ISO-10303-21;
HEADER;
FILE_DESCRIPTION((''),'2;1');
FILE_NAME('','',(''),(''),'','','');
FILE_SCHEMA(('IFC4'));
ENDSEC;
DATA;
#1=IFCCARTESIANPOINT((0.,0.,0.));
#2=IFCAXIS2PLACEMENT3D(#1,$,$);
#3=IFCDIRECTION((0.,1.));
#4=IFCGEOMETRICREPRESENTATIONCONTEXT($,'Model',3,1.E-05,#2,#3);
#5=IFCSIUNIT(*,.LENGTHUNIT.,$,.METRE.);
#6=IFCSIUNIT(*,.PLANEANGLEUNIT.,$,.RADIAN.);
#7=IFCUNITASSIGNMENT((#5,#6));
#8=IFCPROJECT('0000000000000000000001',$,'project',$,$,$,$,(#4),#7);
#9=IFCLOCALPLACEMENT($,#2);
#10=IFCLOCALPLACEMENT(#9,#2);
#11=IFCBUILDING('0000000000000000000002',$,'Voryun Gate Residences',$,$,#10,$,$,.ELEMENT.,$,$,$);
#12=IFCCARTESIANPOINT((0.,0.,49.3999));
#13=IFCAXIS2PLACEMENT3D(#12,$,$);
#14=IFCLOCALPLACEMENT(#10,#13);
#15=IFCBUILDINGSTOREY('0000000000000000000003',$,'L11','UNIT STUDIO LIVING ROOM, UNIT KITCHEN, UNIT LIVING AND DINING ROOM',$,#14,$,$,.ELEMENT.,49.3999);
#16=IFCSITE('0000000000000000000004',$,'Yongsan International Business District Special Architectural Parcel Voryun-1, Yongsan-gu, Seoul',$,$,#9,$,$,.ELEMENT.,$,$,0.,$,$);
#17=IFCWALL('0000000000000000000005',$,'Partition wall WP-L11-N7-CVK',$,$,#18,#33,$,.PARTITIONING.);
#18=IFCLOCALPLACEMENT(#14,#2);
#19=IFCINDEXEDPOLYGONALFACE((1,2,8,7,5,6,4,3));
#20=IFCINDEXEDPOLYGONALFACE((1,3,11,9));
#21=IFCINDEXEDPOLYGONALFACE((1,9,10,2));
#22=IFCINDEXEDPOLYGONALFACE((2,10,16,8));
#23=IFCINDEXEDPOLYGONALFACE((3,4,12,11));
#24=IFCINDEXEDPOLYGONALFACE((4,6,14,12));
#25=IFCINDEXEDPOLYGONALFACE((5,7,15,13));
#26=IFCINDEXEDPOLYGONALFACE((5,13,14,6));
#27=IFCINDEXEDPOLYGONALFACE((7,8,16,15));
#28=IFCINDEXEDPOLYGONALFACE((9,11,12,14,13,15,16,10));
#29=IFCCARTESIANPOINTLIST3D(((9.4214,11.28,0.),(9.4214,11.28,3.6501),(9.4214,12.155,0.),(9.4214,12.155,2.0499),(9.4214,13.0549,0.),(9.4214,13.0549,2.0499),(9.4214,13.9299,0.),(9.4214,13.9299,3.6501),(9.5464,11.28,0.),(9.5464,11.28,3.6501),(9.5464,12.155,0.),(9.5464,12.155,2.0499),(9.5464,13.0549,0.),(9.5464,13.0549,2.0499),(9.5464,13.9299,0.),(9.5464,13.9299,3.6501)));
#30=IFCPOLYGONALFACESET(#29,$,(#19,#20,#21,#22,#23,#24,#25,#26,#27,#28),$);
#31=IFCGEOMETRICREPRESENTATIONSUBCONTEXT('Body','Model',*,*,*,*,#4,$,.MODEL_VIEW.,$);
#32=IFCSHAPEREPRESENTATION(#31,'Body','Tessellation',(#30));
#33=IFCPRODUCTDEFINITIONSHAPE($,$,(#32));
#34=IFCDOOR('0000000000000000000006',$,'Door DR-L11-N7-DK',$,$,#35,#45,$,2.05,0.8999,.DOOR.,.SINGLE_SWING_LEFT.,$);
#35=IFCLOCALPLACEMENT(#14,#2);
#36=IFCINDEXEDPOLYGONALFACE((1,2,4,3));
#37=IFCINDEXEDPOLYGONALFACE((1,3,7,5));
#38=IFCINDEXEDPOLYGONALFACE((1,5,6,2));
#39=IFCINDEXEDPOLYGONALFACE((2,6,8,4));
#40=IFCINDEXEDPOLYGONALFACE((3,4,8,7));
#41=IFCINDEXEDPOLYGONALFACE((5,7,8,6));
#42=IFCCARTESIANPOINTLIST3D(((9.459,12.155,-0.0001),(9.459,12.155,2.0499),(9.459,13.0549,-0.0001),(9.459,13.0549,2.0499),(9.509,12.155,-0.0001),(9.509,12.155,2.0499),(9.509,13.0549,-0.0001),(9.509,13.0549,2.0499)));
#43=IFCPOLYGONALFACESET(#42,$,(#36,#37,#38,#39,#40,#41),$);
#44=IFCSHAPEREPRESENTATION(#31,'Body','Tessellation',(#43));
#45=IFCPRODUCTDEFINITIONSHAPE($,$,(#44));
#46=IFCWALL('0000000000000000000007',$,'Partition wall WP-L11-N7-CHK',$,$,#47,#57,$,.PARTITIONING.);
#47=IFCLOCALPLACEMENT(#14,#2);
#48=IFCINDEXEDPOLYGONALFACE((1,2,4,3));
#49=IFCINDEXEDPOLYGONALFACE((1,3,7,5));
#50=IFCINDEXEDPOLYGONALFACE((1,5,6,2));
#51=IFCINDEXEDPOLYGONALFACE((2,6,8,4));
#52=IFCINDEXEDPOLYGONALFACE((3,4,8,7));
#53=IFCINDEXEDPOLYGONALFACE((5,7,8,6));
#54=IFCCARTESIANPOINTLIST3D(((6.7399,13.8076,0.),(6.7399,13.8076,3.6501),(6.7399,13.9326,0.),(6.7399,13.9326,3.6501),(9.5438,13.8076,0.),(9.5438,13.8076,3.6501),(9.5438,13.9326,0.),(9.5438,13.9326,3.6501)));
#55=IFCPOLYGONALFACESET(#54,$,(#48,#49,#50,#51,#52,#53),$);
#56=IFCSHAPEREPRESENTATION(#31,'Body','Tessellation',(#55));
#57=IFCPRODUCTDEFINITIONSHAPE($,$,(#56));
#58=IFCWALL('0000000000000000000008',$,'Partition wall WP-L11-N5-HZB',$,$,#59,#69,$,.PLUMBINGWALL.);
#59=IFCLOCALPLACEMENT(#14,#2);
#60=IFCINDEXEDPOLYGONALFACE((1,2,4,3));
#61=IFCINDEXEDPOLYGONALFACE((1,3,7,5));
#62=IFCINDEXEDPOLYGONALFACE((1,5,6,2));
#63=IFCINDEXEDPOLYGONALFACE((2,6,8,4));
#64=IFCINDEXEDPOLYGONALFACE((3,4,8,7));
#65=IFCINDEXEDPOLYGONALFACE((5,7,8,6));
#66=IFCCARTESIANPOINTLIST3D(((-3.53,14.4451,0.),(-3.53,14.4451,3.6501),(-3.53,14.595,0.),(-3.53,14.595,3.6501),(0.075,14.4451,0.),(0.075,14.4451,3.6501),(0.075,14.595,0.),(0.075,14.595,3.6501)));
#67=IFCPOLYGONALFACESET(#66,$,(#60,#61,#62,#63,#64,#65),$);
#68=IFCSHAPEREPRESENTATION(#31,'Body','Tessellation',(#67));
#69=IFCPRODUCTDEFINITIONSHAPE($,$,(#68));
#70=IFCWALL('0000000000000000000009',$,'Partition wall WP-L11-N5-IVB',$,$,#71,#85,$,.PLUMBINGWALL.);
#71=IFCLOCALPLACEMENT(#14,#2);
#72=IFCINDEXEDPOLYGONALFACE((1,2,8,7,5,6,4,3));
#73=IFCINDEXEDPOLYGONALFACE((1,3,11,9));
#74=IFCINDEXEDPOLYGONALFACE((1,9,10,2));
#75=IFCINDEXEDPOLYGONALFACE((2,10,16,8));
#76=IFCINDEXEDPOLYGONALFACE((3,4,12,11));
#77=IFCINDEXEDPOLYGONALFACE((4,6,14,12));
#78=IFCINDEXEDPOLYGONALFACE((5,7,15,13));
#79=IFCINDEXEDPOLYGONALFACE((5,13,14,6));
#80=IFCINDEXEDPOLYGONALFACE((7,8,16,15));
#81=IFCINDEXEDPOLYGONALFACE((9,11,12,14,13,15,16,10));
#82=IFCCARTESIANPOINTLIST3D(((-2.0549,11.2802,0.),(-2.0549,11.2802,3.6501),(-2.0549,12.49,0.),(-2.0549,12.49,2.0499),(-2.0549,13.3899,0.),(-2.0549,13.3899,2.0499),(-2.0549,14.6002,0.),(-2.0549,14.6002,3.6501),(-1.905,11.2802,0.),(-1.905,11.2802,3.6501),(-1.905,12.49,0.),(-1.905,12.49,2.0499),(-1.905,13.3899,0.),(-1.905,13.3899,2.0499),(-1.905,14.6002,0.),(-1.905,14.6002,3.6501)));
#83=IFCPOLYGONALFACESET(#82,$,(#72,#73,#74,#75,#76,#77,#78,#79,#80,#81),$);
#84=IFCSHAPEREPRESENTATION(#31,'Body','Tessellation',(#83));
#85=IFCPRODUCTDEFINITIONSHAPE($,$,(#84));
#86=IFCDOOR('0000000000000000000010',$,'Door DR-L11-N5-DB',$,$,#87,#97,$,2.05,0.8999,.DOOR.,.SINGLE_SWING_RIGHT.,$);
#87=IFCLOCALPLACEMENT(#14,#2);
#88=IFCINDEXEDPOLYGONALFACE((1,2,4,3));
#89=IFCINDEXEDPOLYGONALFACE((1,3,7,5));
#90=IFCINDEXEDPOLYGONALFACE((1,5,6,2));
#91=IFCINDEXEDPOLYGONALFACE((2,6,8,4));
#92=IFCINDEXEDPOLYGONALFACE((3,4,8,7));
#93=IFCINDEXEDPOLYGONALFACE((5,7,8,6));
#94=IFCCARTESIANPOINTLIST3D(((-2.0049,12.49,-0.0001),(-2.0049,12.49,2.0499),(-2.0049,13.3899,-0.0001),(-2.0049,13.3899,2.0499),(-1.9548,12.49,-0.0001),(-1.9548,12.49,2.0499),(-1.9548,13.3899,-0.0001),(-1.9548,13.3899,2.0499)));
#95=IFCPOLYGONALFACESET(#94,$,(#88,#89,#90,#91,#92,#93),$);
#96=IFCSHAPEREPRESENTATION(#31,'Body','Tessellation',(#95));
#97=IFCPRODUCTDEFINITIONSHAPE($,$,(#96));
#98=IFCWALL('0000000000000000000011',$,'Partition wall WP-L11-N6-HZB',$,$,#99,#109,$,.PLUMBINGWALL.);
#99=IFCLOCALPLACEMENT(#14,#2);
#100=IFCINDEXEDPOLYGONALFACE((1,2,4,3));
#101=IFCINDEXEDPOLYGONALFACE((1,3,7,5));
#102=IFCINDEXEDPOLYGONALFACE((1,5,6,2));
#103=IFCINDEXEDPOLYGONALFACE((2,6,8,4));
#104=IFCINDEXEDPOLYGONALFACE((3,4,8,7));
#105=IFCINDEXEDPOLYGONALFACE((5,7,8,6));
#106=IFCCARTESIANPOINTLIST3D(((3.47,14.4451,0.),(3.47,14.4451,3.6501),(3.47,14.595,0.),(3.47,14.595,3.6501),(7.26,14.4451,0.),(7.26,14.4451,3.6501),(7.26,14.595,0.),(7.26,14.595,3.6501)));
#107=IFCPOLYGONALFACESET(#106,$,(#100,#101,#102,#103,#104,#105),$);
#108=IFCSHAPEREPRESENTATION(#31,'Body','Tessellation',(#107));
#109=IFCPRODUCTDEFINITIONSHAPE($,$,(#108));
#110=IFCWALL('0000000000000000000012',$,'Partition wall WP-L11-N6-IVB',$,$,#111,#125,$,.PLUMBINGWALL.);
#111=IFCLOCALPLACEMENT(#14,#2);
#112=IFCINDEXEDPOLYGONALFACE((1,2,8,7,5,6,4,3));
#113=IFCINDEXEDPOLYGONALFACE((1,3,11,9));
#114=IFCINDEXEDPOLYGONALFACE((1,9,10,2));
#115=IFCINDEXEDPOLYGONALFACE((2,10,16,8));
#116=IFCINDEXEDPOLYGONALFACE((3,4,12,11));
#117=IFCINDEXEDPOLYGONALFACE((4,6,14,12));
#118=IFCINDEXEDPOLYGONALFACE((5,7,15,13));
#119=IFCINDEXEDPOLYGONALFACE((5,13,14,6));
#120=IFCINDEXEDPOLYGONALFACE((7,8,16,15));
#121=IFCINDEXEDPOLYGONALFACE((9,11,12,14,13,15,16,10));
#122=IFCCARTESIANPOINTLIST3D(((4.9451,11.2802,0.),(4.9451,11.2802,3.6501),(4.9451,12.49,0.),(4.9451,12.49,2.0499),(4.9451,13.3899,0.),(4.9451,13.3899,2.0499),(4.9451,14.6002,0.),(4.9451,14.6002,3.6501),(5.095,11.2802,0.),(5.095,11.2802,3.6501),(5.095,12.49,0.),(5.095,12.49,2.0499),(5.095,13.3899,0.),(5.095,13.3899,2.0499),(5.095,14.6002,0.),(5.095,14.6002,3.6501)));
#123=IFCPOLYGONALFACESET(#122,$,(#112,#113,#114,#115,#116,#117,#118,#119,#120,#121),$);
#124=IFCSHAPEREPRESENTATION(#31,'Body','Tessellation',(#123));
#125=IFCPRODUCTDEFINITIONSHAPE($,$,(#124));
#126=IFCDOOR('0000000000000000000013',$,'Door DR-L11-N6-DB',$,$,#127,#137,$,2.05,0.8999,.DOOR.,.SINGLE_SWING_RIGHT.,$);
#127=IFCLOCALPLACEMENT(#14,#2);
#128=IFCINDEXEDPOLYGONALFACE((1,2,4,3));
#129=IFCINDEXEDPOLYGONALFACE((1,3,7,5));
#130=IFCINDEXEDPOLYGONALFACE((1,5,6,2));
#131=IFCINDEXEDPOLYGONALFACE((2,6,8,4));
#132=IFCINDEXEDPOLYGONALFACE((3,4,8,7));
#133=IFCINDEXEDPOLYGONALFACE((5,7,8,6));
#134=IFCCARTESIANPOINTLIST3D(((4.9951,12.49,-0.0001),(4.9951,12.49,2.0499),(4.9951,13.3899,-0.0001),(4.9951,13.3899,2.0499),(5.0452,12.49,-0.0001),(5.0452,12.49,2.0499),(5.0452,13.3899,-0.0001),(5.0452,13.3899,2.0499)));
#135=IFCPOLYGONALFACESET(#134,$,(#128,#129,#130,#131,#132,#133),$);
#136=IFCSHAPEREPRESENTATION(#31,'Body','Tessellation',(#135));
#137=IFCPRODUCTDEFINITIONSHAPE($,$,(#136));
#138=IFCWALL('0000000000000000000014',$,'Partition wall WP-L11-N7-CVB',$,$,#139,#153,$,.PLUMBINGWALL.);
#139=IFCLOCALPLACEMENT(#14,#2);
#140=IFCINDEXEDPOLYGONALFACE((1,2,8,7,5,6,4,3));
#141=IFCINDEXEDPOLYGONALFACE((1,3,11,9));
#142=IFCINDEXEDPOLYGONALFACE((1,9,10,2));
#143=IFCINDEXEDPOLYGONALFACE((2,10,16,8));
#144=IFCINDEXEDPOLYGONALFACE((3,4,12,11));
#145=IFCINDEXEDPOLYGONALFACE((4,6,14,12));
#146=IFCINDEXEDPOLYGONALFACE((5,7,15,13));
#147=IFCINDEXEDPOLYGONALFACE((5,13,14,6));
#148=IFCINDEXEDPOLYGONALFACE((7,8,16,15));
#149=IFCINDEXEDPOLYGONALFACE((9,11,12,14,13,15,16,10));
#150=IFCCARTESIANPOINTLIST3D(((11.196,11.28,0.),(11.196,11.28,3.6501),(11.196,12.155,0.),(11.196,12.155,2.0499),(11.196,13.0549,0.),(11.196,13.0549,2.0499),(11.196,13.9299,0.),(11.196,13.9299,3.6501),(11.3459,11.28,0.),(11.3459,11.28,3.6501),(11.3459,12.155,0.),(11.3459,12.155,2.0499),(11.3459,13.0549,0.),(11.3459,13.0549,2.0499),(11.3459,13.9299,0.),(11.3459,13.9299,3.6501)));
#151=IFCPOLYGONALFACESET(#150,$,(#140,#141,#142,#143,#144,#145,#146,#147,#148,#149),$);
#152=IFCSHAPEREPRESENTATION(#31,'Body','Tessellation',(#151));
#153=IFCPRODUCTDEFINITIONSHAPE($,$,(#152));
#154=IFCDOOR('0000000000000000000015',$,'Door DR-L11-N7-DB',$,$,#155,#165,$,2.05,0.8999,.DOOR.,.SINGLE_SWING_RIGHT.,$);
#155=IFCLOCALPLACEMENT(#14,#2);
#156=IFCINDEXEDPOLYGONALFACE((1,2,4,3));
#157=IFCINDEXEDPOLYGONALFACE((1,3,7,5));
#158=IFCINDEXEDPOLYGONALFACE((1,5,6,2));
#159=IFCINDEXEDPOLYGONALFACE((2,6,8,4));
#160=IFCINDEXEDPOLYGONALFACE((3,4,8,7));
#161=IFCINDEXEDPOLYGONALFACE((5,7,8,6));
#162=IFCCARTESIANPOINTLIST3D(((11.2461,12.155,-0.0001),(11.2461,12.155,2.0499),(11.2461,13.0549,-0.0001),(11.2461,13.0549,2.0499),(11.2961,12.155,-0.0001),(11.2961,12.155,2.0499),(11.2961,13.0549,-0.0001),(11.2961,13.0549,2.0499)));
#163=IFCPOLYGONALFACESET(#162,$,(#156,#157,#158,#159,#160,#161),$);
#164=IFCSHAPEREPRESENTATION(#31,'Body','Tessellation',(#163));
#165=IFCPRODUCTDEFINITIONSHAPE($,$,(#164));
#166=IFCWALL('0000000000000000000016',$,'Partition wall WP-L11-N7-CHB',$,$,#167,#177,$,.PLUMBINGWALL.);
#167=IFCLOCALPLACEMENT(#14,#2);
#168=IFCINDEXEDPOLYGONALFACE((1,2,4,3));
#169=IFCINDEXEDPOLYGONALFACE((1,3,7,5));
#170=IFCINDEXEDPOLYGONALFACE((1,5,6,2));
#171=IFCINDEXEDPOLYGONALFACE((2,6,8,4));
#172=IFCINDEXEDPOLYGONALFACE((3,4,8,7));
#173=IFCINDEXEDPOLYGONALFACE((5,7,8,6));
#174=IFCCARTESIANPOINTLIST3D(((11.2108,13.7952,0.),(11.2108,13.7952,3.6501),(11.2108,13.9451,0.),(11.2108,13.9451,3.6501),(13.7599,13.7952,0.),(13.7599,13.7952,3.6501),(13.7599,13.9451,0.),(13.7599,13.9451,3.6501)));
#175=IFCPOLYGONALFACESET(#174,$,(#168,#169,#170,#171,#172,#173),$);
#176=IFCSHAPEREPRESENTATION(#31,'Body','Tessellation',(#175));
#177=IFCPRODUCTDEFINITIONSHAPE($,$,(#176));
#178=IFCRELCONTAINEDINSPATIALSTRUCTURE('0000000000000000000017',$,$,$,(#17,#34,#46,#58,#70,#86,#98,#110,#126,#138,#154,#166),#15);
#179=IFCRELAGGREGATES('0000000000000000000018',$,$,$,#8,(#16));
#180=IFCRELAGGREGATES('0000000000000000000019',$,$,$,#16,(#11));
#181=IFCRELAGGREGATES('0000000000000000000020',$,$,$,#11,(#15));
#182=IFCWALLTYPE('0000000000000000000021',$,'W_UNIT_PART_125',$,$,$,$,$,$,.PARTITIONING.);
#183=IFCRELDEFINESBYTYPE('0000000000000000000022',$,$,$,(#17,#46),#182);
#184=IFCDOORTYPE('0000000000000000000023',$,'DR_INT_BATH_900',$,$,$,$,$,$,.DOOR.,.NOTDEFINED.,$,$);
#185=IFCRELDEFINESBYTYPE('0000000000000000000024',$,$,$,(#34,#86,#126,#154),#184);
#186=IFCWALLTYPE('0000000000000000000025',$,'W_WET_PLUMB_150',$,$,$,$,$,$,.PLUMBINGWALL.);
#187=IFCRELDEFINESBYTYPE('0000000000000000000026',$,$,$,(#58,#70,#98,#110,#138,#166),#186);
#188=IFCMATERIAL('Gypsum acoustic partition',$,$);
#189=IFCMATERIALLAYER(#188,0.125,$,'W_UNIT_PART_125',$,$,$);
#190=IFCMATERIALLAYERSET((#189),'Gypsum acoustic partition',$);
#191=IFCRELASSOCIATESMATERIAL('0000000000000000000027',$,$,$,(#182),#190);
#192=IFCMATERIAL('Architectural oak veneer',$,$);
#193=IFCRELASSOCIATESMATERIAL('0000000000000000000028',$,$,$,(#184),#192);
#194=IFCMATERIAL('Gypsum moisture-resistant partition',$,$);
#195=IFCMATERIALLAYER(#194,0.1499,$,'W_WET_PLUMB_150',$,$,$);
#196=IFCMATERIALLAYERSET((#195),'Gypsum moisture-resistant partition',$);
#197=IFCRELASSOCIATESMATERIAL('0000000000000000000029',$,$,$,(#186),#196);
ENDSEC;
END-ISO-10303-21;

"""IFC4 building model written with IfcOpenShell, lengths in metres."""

from ifc_helpers import new_model, si_unit, direction, frame, frame_2d, origin, place, context, subcontext, project, spatial, rectangle, extrude, material, layer, layer_set, type_object, element, fill, save


model = new_model("IFC4")

# Units and contexts
model_context = context("Model", 3, precision=1e-05, world=origin(), true_north=direction((0.0, 1.0)))
body_context = subcontext(model_context, "Body", "Model", "MODEL_VIEW")
ifc_project = project(units=[si_unit("LENGTHUNIT", "METRE"), si_unit("PLANEANGLEUNIT", "RADIAN")], contexts=[model_context])

# Site, building, storey
site_placement = place(None, origin())
site = spatial("IfcSite", under=ifc_project, at=site_placement, Name="Yongsan International Business District Special Architectural Parcel Voryun-1, Yongsan-gu, Seoul", CompositionType="ELEMENT", RefElevation=0.0)
building_placement = place(site_placement, origin())
building = spatial("IfcBuilding", under=site, at=building_placement, Name="Voryun Gate Residences", CompositionType="ELEMENT")
storey_placement = place(building_placement, frame((0.0, 0.0, 49.3999)))
storey = spatial("IfcBuildingStorey", under=building, at=storey_placement, Name="L11", Description="UNIT STUDIO LIVING ROOM, UNIT KITCHEN, UNIT LIVING AND DINING ROOM", CompositionType="ELEMENT", Elevation=49.3999)

# Shared definitions
ifc_material_1 = material(Name="Gypsum acoustic partition")
ifc_layer_1 = layer(ifc_material_1, 0.125, Name="W_UNIT_PART_125")
ifc_layer_set_1 = layer_set([ifc_layer_1], Name="Gypsum acoustic partition")
wall_type_1 = type_object("IfcWallType", Name="W_UNIT_PART_125", PredefinedType="PARTITIONING", material=ifc_layer_set_1)
ifc_material_2 = material(Name="Architectural oak veneer")
door_type_1 = type_object("IfcDoorType", Name="DR_INT_BATH_900", OperationType="NOTDEFINED", PredefinedType="DOOR", material=ifc_material_2)

# Wall, opening, door
wall_1_placement = place(storey_placement, frame((9.4839, 11.28, 0.0), z_axis=(0.0, 0.0, 1.0), x_axis=(0.0, 1.0, 0.0)))
wall_1 = element("IfcWall", 1, at=wall_1_placement, inside=storey, type_object=wall_type_1, Name="Partition wall WP-L11-N7-CVK", PredefinedType="PARTITIONING", context=body_context, shape_type="SweptSolid", body=[
    extrude(rectangle(XDim=2.6499, YDim=0.125, at=frame_2d((1.325, 0.0))), origin(), (0.0, 0.0, 1.0), 3.6501),
])
opening_1_placement = place(wall_1_placement, frame((0.875, 0.0, 0.0)))
opening_1 = element("IfcOpeningElement", 2, at=opening_1_placement, cuts=wall_1, PredefinedType="OPENING", context=body_context, shape_type="SweptSolid", body=[
    extrude(rectangle(XDim=0.8999, YDim=2.05, at=frame_2d((0.45, 1.0249))), frame((0.0, 0.0725, 0.0), z_axis=(0.0, -1.0, 0.0), x_axis=(1.0, 0.0, 0.0)), (0.0, 0.0, 1.0), 0.145),
])
door_1_placement = place(opening_1_placement, origin())
door_1 = element("IfcDoor", 3, at=door_1_placement, inside=storey, type_object=door_type_1, Name="Door DR-L11-N7-DK", OperationType="SINGLE_SWING_LEFT", OverallHeight=2.05, OverallWidth=0.8999, PredefinedType="DOOR", context=body_context, shape_type="SweptSolid", body=[
    extrude(rectangle(XDim=0.8999, YDim=2.05, at=frame_2d((0.45, 1.0249))), frame((0.0, 0.0249, 0.0), z_axis=(0.0, -1.0, 0.0), x_axis=(1.0, 0.0, 0.0)), (0.0, 0.0, 1.0), 0.05),
])
fill(opening_1, door_1)

# Walls
wall_2_placement = place(storey_placement, frame((6.74, 13.8701, 0.0), z_axis=(0.0, 0.0, 1.0), x_axis=(1.0, 0.0, 0.0)))
element("IfcWall", 4, at=wall_2_placement, inside=storey, type_object=wall_type_1, Name="Partition wall WP-L11-N7-CHK", PredefinedType="PARTITIONING", context=body_context, shape_type="SweptSolid", body=[
    extrude(rectangle(XDim=2.804, YDim=0.125, at=frame_2d((1.4019, 0.0))), origin(), (0.0, 0.0, 1.0), 3.6501),
])
ifc_material_3 = material(Name="Gypsum moisture-resistant partition")
ifc_layer_2 = layer(ifc_material_3, 0.1499, Name="W_WET_PLUMB_150")
ifc_layer_set_2 = layer_set([ifc_layer_2], Name="Gypsum moisture-resistant partition")
wall_type_2 = type_object("IfcWallType", Name="W_WET_PLUMB_150", PredefinedType="PLUMBINGWALL", material=ifc_layer_set_2)
wall_3_placement = place(storey_placement, frame((-3.53, 14.52, 0.0), z_axis=(0.0, 0.0, 1.0), x_axis=(1.0, 0.0, 0.0)))
element("IfcWall", 5, at=wall_3_placement, inside=storey, type_object=wall_type_2, Name="Partition wall WP-L11-N5-HZB", PredefinedType="PLUMBINGWALL", context=body_context, shape_type="SweptSolid", body=[
    extrude(rectangle(XDim=3.605, YDim=0.1499, at=frame_2d((1.8025, 0.0))), origin(), (0.0, 0.0, 1.0), 3.6501),
])

# Wall, opening, door
wall_4_placement = place(storey_placement, frame((-1.98, 11.28, 0.0), z_axis=(0.0, 0.0, 1.0), x_axis=(0.0, 1.0, 0.0)))
wall_4 = element("IfcWall", 6, at=wall_4_placement, inside=storey, type_object=wall_type_2, Name="Partition wall WP-L11-N5-IVB", PredefinedType="PLUMBINGWALL", context=body_context, shape_type="SweptSolid", body=[
    extrude(rectangle(XDim=3.3201, YDim=0.1499, at=frame_2d((1.6602, 0.0))), origin(), (0.0, 0.0, 1.0), 3.6501),
])
opening_2_placement = place(wall_4_placement, frame((1.21, 0.0, 0.0)))
opening_2 = element("IfcOpeningElement", 7, at=opening_2_placement, cuts=wall_4, PredefinedType="OPENING", context=body_context, shape_type="SweptSolid", body=[
    extrude(rectangle(XDim=0.8999, YDim=2.05, at=frame_2d((0.45, 1.0249))), frame((0.0, 0.085, 0.0), z_axis=(0.0, -1.0, 0.0), x_axis=(1.0, 0.0, 0.0)), (0.0, 0.0, 1.0), 0.1699),
])
door_2_placement = place(opening_2_placement, origin())
door_2 = element("IfcDoor", 8, at=door_2_placement, inside=storey, type_object=door_type_1, Name="Door DR-L11-N5-DB", OperationType="SINGLE_SWING_RIGHT", OverallHeight=2.05, OverallWidth=0.8999, PredefinedType="DOOR", context=body_context, shape_type="SweptSolid", body=[
    extrude(rectangle(XDim=0.8999, YDim=2.05, at=frame_2d((0.45, 1.0249))), frame((0.0, 0.0249, 0.0), z_axis=(0.0, -1.0, 0.0), x_axis=(1.0, 0.0, 0.0)), (0.0, 0.0, 1.0), 0.05),
])
fill(opening_2, door_2)

# Wall
wall_5_placement = place(storey_placement, frame((3.47, 14.52, 0.0), z_axis=(0.0, 0.0, 1.0), x_axis=(1.0, 0.0, 0.0)))
element("IfcWall", 9, at=wall_5_placement, inside=storey, type_object=wall_type_2, Name="Partition wall WP-L11-N6-HZB", PredefinedType="PLUMBINGWALL", context=body_context, shape_type="SweptSolid", body=[
    extrude(rectangle(XDim=3.79, YDim=0.1499, at=frame_2d((1.895, 0.0))), origin(), (0.0, 0.0, 1.0), 3.6501),
])

# Walls, openings, doors
wall_6_placement = place(storey_placement, frame((5.02, 11.28, 0.0), z_axis=(0.0, 0.0, 1.0), x_axis=(0.0, 1.0, 0.0)))
wall_6 = element("IfcWall", 10, at=wall_6_placement, inside=storey, type_object=wall_type_2, Name="Partition wall WP-L11-N6-IVB", PredefinedType="PLUMBINGWALL", context=body_context, shape_type="SweptSolid", body=[
    extrude(rectangle(XDim=3.3201, YDim=0.1499, at=frame_2d((1.6602, 0.0))), origin(), (0.0, 0.0, 1.0), 3.6501),
])
opening_3_placement = place(wall_6_placement, frame((1.21, 0.0, 0.0)))
opening_3 = element("IfcOpeningElement", 11, at=opening_3_placement, cuts=wall_6, PredefinedType="OPENING", context=body_context, shape_type="SweptSolid", body=[
    extrude(rectangle(XDim=0.8999, YDim=2.05, at=frame_2d((0.45, 1.0249))), frame((0.0, 0.085, 0.0), z_axis=(0.0, -1.0, 0.0), x_axis=(1.0, 0.0, 0.0)), (0.0, 0.0, 1.0), 0.1699),
])
door_3_placement = place(opening_3_placement, origin())
door_3 = element("IfcDoor", 12, at=door_3_placement, inside=storey, type_object=door_type_1, Name="Door DR-L11-N6-DB", OperationType="SINGLE_SWING_RIGHT", OverallHeight=2.05, OverallWidth=0.8999, PredefinedType="DOOR", context=body_context, shape_type="SweptSolid", body=[
    extrude(rectangle(XDim=0.8999, YDim=2.05, at=frame_2d((0.45, 1.0249))), frame((0.0, 0.0249, 0.0), z_axis=(0.0, -1.0, 0.0), x_axis=(1.0, 0.0, 0.0)), (0.0, 0.0, 1.0), 0.05),
])
fill(opening_3, door_3)
wall_7_placement = place(storey_placement, frame((11.271, 11.28, 0.0), z_axis=(0.0, 0.0, 1.0), x_axis=(0.0, 1.0, 0.0)))
wall_7 = element("IfcWall", 13, at=wall_7_placement, inside=storey, type_object=wall_type_2, Name="Partition wall WP-L11-N7-CVB", PredefinedType="PLUMBINGWALL", context=body_context, shape_type="SweptSolid", body=[
    extrude(rectangle(XDim=2.6499, YDim=0.1499, at=frame_2d((1.325, 0.0))), origin(), (0.0, 0.0, 1.0), 3.6501),
])
opening_4_placement = place(wall_7_placement, frame((0.875, 0.0, 0.0)))
opening_4 = element("IfcOpeningElement", 14, at=opening_4_placement, cuts=wall_7, PredefinedType="OPENING", context=body_context, shape_type="SweptSolid", body=[
    extrude(rectangle(XDim=0.8999, YDim=2.05, at=frame_2d((0.45, 1.0249))), frame((0.0, 0.085, 0.0), z_axis=(0.0, -1.0, 0.0), x_axis=(1.0, 0.0, 0.0)), (0.0, 0.0, 1.0), 0.1699),
])
door_4_placement = place(opening_4_placement, origin())
door_4 = element("IfcDoor", 15, at=door_4_placement, inside=storey, type_object=door_type_1, Name="Door DR-L11-N7-DB", OperationType="SINGLE_SWING_RIGHT", OverallHeight=2.05, OverallWidth=0.8999, PredefinedType="DOOR", context=body_context, shape_type="SweptSolid", body=[
    extrude(rectangle(XDim=0.8999, YDim=2.05, at=frame_2d((0.45, 1.0249))), frame((0.0, 0.0249, 0.0), z_axis=(0.0, -1.0, 0.0), x_axis=(1.0, 0.0, 0.0)), (0.0, 0.0, 1.0), 0.05),
])
fill(opening_4, door_4)

# Wall
wall_8_placement = place(storey_placement, frame((11.2109, 13.8701, 0.0), z_axis=(0.0, 0.0, 1.0), x_axis=(1.0, 0.0, 0.0)))
element("IfcWall", 16, at=wall_8_placement, inside=storey, type_object=wall_type_2, Name="Partition wall WP-L11-N7-CHB", PredefinedType="PLUMBINGWALL", context=body_context, shape_type="SweptSolid", body=[
    extrude(rectangle(XDim=2.5491, YDim=0.1499, at=frame_2d((1.2744, 0.0))), origin(), (0.0, 0.0, 1.0), 3.6501),
])

save(model, "model.ifc")
